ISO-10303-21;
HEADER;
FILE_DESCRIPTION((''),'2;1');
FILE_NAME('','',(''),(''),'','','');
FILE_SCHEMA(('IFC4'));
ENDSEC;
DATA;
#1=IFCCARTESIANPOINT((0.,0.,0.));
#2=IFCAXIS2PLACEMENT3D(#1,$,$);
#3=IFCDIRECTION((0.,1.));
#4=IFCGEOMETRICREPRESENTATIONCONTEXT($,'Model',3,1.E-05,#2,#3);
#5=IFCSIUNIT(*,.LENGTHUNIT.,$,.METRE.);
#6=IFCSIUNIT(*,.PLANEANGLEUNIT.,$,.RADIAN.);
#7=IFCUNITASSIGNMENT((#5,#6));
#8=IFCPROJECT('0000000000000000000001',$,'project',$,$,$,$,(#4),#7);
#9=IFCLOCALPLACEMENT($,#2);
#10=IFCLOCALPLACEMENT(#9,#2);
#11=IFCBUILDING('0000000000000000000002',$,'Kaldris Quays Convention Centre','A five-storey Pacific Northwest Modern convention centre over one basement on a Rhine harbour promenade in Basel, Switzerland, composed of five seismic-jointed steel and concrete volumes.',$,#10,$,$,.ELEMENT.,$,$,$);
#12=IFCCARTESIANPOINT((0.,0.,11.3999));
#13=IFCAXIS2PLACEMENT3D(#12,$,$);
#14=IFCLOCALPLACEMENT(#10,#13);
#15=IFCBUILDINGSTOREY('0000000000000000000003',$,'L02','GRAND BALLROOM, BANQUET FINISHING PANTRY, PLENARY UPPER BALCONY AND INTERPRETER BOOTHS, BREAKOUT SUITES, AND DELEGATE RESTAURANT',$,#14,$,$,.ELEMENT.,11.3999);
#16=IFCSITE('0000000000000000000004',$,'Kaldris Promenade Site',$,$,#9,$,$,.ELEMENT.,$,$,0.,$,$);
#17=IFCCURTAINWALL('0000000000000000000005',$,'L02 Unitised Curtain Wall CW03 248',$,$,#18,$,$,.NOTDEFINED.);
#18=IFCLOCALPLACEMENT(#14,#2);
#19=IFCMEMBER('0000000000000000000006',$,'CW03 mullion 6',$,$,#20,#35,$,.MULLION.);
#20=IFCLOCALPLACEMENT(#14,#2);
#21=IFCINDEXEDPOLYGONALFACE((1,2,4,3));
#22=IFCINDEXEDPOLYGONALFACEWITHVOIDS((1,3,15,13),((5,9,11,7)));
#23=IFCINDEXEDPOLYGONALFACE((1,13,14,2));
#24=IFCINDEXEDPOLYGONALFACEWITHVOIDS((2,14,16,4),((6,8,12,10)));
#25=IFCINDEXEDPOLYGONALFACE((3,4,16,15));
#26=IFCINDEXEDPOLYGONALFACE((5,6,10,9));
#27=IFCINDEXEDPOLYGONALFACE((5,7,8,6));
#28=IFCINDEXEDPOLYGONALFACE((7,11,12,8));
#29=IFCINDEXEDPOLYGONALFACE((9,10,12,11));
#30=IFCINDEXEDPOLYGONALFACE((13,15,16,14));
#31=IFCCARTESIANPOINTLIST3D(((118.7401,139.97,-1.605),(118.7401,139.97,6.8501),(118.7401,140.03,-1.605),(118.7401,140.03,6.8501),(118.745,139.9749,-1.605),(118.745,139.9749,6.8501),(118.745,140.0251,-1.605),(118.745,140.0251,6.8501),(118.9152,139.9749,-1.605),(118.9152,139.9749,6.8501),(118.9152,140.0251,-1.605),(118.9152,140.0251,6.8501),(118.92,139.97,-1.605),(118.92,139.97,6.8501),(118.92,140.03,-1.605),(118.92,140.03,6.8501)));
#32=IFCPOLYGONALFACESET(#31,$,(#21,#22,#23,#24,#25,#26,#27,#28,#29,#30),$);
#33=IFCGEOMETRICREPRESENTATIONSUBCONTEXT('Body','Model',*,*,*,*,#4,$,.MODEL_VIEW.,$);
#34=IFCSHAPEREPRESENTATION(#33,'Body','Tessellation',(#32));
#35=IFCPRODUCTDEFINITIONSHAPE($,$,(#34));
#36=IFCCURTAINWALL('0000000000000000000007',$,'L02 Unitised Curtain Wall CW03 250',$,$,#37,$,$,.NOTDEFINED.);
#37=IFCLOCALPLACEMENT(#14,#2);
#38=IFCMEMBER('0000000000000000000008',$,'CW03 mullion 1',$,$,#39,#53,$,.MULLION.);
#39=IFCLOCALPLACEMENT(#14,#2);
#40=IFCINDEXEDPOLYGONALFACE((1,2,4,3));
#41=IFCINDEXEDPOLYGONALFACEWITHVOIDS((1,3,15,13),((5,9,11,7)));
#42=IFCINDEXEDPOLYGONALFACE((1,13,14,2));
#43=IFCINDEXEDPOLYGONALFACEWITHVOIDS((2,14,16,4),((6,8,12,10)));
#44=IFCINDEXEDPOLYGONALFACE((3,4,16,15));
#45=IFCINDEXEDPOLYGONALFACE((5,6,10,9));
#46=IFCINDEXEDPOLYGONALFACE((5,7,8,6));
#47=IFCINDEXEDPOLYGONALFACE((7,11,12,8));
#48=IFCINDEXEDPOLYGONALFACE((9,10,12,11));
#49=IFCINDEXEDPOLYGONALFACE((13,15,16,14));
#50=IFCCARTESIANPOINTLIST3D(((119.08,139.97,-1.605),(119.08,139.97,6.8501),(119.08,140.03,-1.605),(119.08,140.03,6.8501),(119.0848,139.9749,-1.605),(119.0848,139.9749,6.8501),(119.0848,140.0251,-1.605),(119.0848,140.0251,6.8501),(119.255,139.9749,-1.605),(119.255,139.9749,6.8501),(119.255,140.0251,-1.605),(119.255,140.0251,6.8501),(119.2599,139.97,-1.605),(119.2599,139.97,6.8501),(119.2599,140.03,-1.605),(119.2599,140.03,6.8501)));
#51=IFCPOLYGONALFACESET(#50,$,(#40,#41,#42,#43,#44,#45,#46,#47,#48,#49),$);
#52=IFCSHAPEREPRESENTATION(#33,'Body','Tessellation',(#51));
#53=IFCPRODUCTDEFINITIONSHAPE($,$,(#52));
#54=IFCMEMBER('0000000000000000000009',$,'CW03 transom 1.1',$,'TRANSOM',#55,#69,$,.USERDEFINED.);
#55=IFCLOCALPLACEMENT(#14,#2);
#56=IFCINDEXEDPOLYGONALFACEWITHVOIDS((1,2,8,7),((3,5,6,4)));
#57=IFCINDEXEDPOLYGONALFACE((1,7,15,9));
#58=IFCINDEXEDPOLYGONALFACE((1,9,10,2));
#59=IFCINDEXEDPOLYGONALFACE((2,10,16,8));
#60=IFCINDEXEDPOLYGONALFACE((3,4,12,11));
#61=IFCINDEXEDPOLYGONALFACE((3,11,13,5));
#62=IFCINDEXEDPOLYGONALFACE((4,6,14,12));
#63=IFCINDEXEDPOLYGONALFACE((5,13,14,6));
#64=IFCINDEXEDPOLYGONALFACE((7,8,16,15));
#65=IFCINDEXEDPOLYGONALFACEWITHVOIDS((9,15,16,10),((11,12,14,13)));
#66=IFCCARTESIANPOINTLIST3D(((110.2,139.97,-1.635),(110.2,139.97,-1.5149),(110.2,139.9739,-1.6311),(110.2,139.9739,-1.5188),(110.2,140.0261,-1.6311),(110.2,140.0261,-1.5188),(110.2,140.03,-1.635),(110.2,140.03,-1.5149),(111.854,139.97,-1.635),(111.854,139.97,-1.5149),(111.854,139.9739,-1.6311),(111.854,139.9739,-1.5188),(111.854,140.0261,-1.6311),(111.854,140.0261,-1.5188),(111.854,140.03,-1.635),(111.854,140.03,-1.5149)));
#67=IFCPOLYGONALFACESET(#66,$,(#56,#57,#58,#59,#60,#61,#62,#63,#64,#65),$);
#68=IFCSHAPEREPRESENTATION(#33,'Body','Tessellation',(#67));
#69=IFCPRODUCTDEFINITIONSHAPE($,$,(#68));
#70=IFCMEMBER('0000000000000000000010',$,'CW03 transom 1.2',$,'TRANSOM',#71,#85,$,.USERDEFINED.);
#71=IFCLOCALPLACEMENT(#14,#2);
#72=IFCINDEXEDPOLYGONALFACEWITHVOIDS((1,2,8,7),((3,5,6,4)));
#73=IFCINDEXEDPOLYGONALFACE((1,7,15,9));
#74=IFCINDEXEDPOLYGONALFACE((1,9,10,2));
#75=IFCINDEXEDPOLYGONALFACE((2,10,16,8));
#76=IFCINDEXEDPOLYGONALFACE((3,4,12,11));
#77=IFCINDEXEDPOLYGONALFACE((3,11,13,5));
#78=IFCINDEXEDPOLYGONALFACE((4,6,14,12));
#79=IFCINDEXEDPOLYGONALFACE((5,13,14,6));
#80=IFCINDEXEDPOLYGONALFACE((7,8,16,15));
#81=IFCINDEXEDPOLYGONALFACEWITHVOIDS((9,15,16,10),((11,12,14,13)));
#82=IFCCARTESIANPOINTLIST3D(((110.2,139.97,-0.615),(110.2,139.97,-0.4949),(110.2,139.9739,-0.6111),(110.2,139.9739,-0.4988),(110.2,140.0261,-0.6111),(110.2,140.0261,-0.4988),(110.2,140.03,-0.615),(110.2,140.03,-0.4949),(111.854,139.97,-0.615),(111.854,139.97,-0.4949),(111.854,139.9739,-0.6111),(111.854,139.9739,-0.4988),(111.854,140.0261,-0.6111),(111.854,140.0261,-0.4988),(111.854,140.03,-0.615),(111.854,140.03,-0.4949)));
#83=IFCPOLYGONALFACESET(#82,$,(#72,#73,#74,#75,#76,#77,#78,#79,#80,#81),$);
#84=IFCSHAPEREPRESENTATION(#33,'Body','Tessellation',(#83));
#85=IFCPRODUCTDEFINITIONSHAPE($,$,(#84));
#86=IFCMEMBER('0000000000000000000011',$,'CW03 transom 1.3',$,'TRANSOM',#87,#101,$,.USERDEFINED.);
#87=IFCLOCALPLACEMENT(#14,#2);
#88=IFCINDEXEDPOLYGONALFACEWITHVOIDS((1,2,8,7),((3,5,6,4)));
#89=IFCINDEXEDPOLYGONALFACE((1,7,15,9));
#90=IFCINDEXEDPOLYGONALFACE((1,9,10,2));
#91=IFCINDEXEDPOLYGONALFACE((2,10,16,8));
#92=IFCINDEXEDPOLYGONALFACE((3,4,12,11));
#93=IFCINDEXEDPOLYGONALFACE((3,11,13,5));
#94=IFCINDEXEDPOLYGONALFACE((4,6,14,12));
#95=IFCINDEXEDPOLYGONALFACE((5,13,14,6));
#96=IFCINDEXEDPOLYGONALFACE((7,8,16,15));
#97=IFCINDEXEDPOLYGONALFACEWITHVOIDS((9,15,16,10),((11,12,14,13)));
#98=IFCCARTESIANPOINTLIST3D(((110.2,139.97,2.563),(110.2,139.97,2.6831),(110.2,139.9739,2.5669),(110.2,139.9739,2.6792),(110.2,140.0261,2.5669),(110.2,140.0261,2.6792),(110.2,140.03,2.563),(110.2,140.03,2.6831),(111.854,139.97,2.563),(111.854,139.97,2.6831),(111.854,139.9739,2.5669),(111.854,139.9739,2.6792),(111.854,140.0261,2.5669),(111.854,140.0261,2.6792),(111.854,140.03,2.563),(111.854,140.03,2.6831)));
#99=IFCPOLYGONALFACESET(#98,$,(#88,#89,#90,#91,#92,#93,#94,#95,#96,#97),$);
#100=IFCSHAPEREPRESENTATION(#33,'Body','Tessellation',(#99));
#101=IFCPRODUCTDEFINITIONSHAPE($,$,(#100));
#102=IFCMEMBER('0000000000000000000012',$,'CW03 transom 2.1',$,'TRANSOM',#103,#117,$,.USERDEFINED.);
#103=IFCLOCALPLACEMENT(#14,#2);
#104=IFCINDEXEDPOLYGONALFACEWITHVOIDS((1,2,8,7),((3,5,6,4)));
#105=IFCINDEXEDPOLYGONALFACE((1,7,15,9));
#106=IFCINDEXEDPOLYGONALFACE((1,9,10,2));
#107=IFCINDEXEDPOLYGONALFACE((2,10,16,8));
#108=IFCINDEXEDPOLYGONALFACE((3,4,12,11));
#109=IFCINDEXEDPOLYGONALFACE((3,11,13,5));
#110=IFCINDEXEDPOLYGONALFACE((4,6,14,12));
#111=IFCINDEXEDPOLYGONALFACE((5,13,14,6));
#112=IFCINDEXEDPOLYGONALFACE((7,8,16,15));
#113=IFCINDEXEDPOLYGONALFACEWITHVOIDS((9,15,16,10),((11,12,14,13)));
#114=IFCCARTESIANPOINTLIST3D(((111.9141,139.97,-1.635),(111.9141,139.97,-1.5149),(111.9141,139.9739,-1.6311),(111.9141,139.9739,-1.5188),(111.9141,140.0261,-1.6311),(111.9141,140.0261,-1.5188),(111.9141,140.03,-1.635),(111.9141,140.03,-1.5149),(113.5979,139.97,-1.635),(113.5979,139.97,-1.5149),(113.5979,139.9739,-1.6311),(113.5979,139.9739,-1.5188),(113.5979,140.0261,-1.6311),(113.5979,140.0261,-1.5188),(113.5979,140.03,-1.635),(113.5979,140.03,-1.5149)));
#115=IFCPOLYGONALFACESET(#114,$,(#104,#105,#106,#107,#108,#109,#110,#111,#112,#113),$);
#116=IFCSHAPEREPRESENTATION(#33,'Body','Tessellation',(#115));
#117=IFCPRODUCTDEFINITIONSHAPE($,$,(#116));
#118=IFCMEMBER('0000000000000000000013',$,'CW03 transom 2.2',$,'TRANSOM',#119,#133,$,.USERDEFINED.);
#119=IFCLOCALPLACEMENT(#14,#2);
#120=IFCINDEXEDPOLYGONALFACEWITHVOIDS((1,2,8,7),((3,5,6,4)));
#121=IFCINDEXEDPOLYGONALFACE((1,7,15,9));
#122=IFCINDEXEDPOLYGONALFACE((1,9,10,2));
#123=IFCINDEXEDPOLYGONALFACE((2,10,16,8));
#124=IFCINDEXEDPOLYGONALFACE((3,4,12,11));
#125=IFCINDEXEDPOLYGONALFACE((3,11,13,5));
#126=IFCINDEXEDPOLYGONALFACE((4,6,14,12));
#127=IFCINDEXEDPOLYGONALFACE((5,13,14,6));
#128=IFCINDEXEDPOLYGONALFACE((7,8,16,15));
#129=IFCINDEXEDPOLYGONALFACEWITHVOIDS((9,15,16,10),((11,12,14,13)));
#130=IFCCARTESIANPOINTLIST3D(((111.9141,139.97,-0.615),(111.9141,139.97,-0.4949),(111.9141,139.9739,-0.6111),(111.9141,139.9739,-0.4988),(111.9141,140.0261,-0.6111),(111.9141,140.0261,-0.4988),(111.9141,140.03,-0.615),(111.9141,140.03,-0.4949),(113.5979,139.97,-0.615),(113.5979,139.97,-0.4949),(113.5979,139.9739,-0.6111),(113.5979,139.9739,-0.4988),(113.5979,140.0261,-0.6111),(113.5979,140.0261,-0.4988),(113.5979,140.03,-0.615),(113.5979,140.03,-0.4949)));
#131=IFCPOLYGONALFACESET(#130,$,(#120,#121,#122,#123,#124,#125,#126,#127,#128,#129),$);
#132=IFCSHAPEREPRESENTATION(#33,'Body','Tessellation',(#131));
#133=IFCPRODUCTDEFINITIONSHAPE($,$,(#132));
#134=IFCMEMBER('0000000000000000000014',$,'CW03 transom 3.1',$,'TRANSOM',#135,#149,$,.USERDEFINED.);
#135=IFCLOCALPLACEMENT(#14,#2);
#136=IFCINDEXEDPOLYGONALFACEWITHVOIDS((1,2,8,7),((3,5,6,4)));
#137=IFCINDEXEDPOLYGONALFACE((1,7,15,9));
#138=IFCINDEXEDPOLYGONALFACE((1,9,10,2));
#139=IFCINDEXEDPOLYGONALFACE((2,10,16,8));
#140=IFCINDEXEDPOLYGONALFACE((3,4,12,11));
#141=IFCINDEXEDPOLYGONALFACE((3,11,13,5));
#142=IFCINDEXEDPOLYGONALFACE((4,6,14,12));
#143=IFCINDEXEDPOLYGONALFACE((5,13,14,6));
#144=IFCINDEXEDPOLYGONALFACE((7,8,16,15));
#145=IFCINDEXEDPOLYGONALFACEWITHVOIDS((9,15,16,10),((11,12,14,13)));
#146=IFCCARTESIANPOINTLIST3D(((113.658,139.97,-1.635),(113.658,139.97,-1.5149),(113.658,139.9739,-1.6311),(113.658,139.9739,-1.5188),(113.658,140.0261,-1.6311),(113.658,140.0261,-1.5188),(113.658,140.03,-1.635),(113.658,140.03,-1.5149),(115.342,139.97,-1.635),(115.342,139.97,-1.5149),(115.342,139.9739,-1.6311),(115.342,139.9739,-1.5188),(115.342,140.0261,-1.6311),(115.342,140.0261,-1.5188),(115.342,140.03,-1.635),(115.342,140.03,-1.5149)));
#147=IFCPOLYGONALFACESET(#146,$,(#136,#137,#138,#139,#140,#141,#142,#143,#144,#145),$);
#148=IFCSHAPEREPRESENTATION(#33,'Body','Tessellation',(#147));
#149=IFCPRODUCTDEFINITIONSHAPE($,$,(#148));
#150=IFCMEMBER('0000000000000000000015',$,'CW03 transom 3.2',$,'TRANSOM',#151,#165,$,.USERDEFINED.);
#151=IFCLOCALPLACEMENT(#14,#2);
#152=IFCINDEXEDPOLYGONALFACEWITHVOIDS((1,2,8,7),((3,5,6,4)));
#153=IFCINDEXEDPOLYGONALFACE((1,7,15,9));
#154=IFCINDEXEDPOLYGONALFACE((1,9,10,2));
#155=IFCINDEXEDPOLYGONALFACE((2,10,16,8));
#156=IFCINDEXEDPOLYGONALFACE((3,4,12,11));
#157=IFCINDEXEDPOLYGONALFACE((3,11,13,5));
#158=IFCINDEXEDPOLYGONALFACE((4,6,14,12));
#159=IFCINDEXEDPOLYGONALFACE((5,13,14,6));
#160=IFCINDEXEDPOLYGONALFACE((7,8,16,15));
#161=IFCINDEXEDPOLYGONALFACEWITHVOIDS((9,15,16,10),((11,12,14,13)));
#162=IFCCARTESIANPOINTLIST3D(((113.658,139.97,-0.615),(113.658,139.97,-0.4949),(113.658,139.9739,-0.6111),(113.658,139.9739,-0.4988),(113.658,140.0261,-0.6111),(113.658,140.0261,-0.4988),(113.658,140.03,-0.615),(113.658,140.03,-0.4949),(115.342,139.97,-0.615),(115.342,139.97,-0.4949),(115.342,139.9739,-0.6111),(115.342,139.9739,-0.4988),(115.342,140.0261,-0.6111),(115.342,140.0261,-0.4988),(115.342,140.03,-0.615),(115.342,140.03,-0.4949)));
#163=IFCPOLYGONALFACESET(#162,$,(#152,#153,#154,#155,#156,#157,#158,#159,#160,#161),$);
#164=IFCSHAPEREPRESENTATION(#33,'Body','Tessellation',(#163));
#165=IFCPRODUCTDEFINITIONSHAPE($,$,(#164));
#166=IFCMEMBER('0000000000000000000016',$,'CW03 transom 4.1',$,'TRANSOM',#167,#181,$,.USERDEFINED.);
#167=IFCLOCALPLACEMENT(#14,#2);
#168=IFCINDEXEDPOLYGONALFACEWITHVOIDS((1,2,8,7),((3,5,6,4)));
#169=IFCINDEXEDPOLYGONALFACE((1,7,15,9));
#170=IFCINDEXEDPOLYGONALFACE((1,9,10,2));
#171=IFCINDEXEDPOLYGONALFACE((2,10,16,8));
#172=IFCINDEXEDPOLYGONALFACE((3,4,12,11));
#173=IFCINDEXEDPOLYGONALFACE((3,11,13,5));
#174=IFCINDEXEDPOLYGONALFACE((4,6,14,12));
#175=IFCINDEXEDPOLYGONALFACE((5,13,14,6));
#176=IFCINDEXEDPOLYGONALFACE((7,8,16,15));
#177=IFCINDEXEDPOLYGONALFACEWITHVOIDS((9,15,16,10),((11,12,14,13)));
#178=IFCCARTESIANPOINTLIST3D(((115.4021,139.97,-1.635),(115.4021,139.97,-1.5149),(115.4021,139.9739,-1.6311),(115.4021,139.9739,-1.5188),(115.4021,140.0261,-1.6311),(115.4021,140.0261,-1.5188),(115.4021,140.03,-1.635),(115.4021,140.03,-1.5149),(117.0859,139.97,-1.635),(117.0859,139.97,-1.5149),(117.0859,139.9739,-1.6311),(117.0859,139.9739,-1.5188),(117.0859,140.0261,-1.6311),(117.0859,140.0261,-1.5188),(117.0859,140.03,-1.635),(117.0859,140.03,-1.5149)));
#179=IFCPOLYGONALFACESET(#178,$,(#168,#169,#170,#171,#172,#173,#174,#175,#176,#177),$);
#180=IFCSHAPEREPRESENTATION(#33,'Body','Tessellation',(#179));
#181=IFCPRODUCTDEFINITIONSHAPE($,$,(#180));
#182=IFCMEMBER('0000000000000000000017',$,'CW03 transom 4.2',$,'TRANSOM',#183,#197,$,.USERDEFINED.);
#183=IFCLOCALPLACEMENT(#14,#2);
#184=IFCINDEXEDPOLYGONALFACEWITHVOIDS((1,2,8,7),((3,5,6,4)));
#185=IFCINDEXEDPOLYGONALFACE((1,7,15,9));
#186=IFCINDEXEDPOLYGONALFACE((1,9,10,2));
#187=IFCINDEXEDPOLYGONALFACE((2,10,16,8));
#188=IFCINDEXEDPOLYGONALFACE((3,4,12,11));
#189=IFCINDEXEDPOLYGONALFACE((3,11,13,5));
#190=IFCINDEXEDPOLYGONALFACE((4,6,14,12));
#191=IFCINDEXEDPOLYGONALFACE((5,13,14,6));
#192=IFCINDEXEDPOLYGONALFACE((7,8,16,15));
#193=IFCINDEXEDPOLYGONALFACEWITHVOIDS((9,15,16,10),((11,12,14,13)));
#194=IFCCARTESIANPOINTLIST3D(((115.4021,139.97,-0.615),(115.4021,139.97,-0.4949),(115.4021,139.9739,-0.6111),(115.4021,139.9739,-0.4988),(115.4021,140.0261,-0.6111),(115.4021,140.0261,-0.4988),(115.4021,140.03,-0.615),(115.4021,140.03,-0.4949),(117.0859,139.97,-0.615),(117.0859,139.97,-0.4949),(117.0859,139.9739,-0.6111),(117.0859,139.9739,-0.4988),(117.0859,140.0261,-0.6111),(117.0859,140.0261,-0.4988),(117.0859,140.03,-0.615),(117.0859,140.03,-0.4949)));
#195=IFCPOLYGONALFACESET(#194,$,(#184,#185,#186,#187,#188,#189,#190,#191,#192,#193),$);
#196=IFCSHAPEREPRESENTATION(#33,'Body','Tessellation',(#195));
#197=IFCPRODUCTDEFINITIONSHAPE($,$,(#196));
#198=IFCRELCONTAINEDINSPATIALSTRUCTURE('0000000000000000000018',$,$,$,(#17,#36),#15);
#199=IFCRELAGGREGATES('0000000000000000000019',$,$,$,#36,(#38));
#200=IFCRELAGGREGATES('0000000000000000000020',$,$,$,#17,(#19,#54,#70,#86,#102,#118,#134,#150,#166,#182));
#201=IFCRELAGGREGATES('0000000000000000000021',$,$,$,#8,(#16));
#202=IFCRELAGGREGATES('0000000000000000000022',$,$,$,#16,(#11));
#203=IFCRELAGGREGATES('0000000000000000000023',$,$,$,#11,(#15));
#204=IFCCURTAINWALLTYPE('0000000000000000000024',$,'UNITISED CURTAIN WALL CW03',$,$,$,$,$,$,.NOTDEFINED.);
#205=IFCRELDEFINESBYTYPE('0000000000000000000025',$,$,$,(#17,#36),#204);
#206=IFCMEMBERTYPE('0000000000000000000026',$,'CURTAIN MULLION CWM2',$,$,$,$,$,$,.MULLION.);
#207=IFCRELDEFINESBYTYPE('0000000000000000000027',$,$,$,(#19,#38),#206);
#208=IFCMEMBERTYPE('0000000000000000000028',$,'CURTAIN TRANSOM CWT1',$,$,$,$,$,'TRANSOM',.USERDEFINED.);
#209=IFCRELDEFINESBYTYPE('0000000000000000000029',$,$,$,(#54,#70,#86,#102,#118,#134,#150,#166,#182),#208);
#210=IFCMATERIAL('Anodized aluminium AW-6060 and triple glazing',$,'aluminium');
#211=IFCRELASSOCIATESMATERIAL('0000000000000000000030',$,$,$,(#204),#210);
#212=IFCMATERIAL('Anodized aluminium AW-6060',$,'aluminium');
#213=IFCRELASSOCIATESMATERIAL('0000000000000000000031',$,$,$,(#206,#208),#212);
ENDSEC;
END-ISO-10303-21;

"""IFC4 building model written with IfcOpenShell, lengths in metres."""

from ifc_helpers import new_model, si_unit, direction, frame, origin, origin_2d, place, context, subcontext, project, spatial, hollow_rectangle, extrude, material, material_profile, profile_set, type_object, element, aggregate, save


model = new_model("IFC4")

# Units and contexts
model_context = context("Model", 3, precision=1e-05, world=origin(), true_north=direction((0.0, 1.0)))
body_context = subcontext(model_context, "Body", "Model", "MODEL_VIEW")
ifc_project = project(units=[si_unit("LENGTHUNIT", "METRE"), si_unit("PLANEANGLEUNIT", "RADIAN")], contexts=[model_context])

# Site, building, storey
site_placement = place(None, origin())
site = spatial("IfcSite", under=ifc_project, at=site_placement, Name="Kaldris Promenade Site", CompositionType="ELEMENT", RefElevation=0.0)
building_placement = place(site_placement, origin())
building = spatial("IfcBuilding", under=site, at=building_placement, Name="Kaldris Quays Convention Centre", Description="A five-storey Pacific Northwest Modern convention centre over one basement on a Rhine harbour promenade in Basel, Switzerland, composed of five seismic-jointed steel and concrete volumes.", CompositionType="ELEMENT")
storey_placement = place(building_placement, frame((0.0, 0.0, 11.3999)))
storey = spatial("IfcBuildingStorey", under=building, at=storey_placement, Name="L02", Description="GRAND BALLROOM, BANQUET FINISHING PANTRY, PLENARY UPPER BALCONY AND INTERPRETER BOOTHS, BREAKOUT SUITES, AND DELEGATE RESTAURANT", CompositionType="ELEMENT", Elevation=11.3999)

# Shared definitions
ifc_material_1 = material(Name="Anodized aluminium AW-6060 and triple glazing", Category="aluminium")
curtain_wall_type = type_object("IfcCurtainWallType", Name="UNITISED CURTAIN WALL CW03", PredefinedType="NOTDEFINED", material=ifc_material_1)
ifc_material_2 = material(Name="Anodized aluminium AW-6060", Category="aluminium")
ifc_material_profile_1 = material_profile(ifc_material_2, hollow_rectangle(XDim=0.0601, YDim=0.1799, WallThickness=0.0049, at=origin_2d()), Name="RHS 180x60x5")
ifc_profile_set_1 = profile_set([ifc_material_profile_1], Name="Anodized aluminium AW-6060")
member_type_1 = type_object("IfcMemberType", Name="CURTAIN MULLION CWM2", PredefinedType="MULLION", material=ifc_profile_set_1)

# Curtain wall, member
curtain_wall_1_placement = place(storey_placement, origin())
curtain_wall_1 = element("IfcCurtainWall", 1, at=curtain_wall_1_placement, inside=storey, type_object=curtain_wall_type, Name="L02 Unitised Curtain Wall CW03 248", PredefinedType="NOTDEFINED")
member_1_placement = place(storey_placement, frame((118.8301, 140.0, -1.605), z_axis=(0.0, 0.0, 1.0), x_axis=(0.0, 1.0, 0.0)))
member_1 = element("IfcMember", 2, at=member_1_placement, type_object=member_type_1, Name="CW03 mullion 6", PredefinedType="MULLION", context=body_context, shape_type="SweptSolid", body=[
    extrude(hollow_rectangle(XDim=0.0601, YDim=0.1799, WallThickness=0.0049, at=origin_2d()), origin(), (0.0, 0.0, 1.0), 8.4551),
])

# Curtain wall, member
curtain_wall_2_placement = place(storey_placement, origin())
curtain_wall_2 = element("IfcCurtainWall", 3, at=curtain_wall_2_placement, inside=storey, type_object=curtain_wall_type, Name="L02 Unitised Curtain Wall CW03 250", PredefinedType="NOTDEFINED")
member_2_placement = place(storey_placement, frame((119.1699, 140.0, -1.605), z_axis=(0.0, 0.0, 1.0), x_axis=(0.0, 1.0, 0.0)))
member_2 = element("IfcMember", 4, at=member_2_placement, type_object=member_type_1, Name="CW03 mullion 1", PredefinedType="MULLION", context=body_context, shape_type="SweptSolid", body=[
    extrude(hollow_rectangle(XDim=0.0601, YDim=0.1799, WallThickness=0.0049, at=origin_2d()), origin(), (0.0, 0.0, 1.0), 8.4551),
])
aggregate(curtain_wall_2, [member_2])

# Members
ifc_material_profile_2 = material_profile(ifc_material_2, hollow_rectangle(XDim=0.0601, YDim=0.1201, WallThickness=0.0039, at=origin_2d()), Name="RHS 120x60x4")
ifc_profile_set_2 = profile_set([ifc_material_profile_2], Name="Anodized aluminium AW-6060")
member_type_2 = type_object("IfcMemberType", Name="CURTAIN TRANSOM CWT1", ElementType="TRANSOM", PredefinedType="USERDEFINED", material=ifc_profile_set_2)
member_3_placement = place(storey_placement, frame((110.2, 140.0, -1.575), z_axis=(1.0, 0.0, 0.0), x_axis=(0.0, 1.0, 0.0)))
member_3 = element("IfcMember", 5, at=member_3_placement, type_object=member_type_2, Name="CW03 transom 1.1", ObjectType="TRANSOM", PredefinedType="USERDEFINED", context=body_context, shape_type="SweptSolid", body=[
    extrude(hollow_rectangle(XDim=0.0601, YDim=0.1201, WallThickness=0.0039, at=origin_2d()), origin(), (0.0, 0.0, 1.0), 1.6541),
])
member_4_placement = place(storey_placement, frame((110.2, 140.0, -0.5549), z_axis=(1.0, 0.0, 0.0), x_axis=(0.0, 1.0, 0.0)))
member_4 = element("IfcMember", 6, at=member_4_placement, type_object=member_type_2, Name="CW03 transom 1.2", ObjectType="TRANSOM", PredefinedType="USERDEFINED", context=body_context, shape_type="SweptSolid", body=[
    extrude(hollow_rectangle(XDim=0.0601, YDim=0.1201, WallThickness=0.0039, at=origin_2d()), origin(), (0.0, 0.0, 1.0), 1.6541),
])
member_5_placement = place(storey_placement, frame((110.2, 140.0, 2.623), z_axis=(1.0, 0.0, 0.0), x_axis=(0.0, 1.0, 0.0)))
member_5 = element("IfcMember", 7, at=member_5_placement, type_object=member_type_2, Name="CW03 transom 1.3", ObjectType="TRANSOM", PredefinedType="USERDEFINED", context=body_context, shape_type="SweptSolid", body=[
    extrude(hollow_rectangle(XDim=0.0601, YDim=0.1201, WallThickness=0.0039, at=origin_2d()), origin(), (0.0, 0.0, 1.0), 1.6541),
])
member_6_placement = place(storey_placement, frame((111.9141, 140.0, -1.575), z_axis=(1.0, 0.0, 0.0), x_axis=(0.0, 1.0, 0.0)))
member_6 = element("IfcMember", 8, at=member_6_placement, type_object=member_type_2, Name="CW03 transom 2.1", ObjectType="TRANSOM", PredefinedType="USERDEFINED", context=body_context, shape_type="SweptSolid", body=[
    extrude(hollow_rectangle(XDim=0.0601, YDim=0.1201, WallThickness=0.0039, at=origin_2d()), origin(), (0.0, 0.0, 1.0), 1.6838),
])
member_7_placement = place(storey_placement, frame((111.9141, 140.0, -0.5549), z_axis=(1.0, 0.0, 0.0), x_axis=(0.0, 1.0, 0.0)))
member_7 = element("IfcMember", 9, at=member_7_placement, type_object=member_type_2, Name="CW03 transom 2.2", ObjectType="TRANSOM", PredefinedType="USERDEFINED", context=body_context, shape_type="SweptSolid", body=[
    extrude(hollow_rectangle(XDim=0.0601, YDim=0.1201, WallThickness=0.0039, at=origin_2d()), origin(), (0.0, 0.0, 1.0), 1.6838),
])
member_8_placement = place(storey_placement, frame((113.658, 140.0, -1.575), z_axis=(1.0, 0.0, 0.0), x_axis=(0.0, 1.0, 0.0)))
member_8 = element("IfcMember", 10, at=member_8_placement, type_object=member_type_2, Name="CW03 transom 3.1", ObjectType="TRANSOM", PredefinedType="USERDEFINED", context=body_context, shape_type="SweptSolid", body=[
    extrude(hollow_rectangle(XDim=0.0601, YDim=0.1201, WallThickness=0.0039, at=origin_2d()), origin(), (0.0, 0.0, 1.0), 1.6841),
])
member_9_placement = place(storey_placement, frame((113.658, 140.0, -0.5549), z_axis=(1.0, 0.0, 0.0), x_axis=(0.0, 1.0, 0.0)))
member_9 = element("IfcMember", 11, at=member_9_placement, type_object=member_type_2, Name="CW03 transom 3.2", ObjectType="TRANSOM", PredefinedType="USERDEFINED", context=body_context, shape_type="SweptSolid", body=[
    extrude(hollow_rectangle(XDim=0.0601, YDim=0.1201, WallThickness=0.0039, at=origin_2d()), origin(), (0.0, 0.0, 1.0), 1.6841),
])
member_10_placement = place(storey_placement, frame((115.4021, 140.0, -1.575), z_axis=(1.0, 0.0, 0.0), x_axis=(0.0, 1.0, 0.0)))
member_10 = element("IfcMember", 12, at=member_10_placement, type_object=member_type_2, Name="CW03 transom 4.1", ObjectType="TRANSOM", PredefinedType="USERDEFINED", context=body_context, shape_type="SweptSolid", body=[
    extrude(hollow_rectangle(XDim=0.0601, YDim=0.1201, WallThickness=0.0039, at=origin_2d()), origin(), (0.0, 0.0, 1.0), 1.6838),
])
member_11_placement = place(storey_placement, frame((115.4021, 140.0, -0.5549), z_axis=(1.0, 0.0, 0.0), x_axis=(0.0, 1.0, 0.0)))
member_11 = element("IfcMember", 13, at=member_11_placement, type_object=member_type_2, Name="CW03 transom 4.2", ObjectType="TRANSOM", PredefinedType="USERDEFINED", context=body_context, shape_type="SweptSolid", body=[
    extrude(hollow_rectangle(XDim=0.0601, YDim=0.1201, WallThickness=0.0039, at=origin_2d()), origin(), (0.0, 0.0, 1.0), 1.6838),
])

aggregate(curtain_wall_1, [member_1, member_3, member_4, member_5, member_6, member_7, member_8, member_9, member_10, member_11])

save(model, "model.ifc")
